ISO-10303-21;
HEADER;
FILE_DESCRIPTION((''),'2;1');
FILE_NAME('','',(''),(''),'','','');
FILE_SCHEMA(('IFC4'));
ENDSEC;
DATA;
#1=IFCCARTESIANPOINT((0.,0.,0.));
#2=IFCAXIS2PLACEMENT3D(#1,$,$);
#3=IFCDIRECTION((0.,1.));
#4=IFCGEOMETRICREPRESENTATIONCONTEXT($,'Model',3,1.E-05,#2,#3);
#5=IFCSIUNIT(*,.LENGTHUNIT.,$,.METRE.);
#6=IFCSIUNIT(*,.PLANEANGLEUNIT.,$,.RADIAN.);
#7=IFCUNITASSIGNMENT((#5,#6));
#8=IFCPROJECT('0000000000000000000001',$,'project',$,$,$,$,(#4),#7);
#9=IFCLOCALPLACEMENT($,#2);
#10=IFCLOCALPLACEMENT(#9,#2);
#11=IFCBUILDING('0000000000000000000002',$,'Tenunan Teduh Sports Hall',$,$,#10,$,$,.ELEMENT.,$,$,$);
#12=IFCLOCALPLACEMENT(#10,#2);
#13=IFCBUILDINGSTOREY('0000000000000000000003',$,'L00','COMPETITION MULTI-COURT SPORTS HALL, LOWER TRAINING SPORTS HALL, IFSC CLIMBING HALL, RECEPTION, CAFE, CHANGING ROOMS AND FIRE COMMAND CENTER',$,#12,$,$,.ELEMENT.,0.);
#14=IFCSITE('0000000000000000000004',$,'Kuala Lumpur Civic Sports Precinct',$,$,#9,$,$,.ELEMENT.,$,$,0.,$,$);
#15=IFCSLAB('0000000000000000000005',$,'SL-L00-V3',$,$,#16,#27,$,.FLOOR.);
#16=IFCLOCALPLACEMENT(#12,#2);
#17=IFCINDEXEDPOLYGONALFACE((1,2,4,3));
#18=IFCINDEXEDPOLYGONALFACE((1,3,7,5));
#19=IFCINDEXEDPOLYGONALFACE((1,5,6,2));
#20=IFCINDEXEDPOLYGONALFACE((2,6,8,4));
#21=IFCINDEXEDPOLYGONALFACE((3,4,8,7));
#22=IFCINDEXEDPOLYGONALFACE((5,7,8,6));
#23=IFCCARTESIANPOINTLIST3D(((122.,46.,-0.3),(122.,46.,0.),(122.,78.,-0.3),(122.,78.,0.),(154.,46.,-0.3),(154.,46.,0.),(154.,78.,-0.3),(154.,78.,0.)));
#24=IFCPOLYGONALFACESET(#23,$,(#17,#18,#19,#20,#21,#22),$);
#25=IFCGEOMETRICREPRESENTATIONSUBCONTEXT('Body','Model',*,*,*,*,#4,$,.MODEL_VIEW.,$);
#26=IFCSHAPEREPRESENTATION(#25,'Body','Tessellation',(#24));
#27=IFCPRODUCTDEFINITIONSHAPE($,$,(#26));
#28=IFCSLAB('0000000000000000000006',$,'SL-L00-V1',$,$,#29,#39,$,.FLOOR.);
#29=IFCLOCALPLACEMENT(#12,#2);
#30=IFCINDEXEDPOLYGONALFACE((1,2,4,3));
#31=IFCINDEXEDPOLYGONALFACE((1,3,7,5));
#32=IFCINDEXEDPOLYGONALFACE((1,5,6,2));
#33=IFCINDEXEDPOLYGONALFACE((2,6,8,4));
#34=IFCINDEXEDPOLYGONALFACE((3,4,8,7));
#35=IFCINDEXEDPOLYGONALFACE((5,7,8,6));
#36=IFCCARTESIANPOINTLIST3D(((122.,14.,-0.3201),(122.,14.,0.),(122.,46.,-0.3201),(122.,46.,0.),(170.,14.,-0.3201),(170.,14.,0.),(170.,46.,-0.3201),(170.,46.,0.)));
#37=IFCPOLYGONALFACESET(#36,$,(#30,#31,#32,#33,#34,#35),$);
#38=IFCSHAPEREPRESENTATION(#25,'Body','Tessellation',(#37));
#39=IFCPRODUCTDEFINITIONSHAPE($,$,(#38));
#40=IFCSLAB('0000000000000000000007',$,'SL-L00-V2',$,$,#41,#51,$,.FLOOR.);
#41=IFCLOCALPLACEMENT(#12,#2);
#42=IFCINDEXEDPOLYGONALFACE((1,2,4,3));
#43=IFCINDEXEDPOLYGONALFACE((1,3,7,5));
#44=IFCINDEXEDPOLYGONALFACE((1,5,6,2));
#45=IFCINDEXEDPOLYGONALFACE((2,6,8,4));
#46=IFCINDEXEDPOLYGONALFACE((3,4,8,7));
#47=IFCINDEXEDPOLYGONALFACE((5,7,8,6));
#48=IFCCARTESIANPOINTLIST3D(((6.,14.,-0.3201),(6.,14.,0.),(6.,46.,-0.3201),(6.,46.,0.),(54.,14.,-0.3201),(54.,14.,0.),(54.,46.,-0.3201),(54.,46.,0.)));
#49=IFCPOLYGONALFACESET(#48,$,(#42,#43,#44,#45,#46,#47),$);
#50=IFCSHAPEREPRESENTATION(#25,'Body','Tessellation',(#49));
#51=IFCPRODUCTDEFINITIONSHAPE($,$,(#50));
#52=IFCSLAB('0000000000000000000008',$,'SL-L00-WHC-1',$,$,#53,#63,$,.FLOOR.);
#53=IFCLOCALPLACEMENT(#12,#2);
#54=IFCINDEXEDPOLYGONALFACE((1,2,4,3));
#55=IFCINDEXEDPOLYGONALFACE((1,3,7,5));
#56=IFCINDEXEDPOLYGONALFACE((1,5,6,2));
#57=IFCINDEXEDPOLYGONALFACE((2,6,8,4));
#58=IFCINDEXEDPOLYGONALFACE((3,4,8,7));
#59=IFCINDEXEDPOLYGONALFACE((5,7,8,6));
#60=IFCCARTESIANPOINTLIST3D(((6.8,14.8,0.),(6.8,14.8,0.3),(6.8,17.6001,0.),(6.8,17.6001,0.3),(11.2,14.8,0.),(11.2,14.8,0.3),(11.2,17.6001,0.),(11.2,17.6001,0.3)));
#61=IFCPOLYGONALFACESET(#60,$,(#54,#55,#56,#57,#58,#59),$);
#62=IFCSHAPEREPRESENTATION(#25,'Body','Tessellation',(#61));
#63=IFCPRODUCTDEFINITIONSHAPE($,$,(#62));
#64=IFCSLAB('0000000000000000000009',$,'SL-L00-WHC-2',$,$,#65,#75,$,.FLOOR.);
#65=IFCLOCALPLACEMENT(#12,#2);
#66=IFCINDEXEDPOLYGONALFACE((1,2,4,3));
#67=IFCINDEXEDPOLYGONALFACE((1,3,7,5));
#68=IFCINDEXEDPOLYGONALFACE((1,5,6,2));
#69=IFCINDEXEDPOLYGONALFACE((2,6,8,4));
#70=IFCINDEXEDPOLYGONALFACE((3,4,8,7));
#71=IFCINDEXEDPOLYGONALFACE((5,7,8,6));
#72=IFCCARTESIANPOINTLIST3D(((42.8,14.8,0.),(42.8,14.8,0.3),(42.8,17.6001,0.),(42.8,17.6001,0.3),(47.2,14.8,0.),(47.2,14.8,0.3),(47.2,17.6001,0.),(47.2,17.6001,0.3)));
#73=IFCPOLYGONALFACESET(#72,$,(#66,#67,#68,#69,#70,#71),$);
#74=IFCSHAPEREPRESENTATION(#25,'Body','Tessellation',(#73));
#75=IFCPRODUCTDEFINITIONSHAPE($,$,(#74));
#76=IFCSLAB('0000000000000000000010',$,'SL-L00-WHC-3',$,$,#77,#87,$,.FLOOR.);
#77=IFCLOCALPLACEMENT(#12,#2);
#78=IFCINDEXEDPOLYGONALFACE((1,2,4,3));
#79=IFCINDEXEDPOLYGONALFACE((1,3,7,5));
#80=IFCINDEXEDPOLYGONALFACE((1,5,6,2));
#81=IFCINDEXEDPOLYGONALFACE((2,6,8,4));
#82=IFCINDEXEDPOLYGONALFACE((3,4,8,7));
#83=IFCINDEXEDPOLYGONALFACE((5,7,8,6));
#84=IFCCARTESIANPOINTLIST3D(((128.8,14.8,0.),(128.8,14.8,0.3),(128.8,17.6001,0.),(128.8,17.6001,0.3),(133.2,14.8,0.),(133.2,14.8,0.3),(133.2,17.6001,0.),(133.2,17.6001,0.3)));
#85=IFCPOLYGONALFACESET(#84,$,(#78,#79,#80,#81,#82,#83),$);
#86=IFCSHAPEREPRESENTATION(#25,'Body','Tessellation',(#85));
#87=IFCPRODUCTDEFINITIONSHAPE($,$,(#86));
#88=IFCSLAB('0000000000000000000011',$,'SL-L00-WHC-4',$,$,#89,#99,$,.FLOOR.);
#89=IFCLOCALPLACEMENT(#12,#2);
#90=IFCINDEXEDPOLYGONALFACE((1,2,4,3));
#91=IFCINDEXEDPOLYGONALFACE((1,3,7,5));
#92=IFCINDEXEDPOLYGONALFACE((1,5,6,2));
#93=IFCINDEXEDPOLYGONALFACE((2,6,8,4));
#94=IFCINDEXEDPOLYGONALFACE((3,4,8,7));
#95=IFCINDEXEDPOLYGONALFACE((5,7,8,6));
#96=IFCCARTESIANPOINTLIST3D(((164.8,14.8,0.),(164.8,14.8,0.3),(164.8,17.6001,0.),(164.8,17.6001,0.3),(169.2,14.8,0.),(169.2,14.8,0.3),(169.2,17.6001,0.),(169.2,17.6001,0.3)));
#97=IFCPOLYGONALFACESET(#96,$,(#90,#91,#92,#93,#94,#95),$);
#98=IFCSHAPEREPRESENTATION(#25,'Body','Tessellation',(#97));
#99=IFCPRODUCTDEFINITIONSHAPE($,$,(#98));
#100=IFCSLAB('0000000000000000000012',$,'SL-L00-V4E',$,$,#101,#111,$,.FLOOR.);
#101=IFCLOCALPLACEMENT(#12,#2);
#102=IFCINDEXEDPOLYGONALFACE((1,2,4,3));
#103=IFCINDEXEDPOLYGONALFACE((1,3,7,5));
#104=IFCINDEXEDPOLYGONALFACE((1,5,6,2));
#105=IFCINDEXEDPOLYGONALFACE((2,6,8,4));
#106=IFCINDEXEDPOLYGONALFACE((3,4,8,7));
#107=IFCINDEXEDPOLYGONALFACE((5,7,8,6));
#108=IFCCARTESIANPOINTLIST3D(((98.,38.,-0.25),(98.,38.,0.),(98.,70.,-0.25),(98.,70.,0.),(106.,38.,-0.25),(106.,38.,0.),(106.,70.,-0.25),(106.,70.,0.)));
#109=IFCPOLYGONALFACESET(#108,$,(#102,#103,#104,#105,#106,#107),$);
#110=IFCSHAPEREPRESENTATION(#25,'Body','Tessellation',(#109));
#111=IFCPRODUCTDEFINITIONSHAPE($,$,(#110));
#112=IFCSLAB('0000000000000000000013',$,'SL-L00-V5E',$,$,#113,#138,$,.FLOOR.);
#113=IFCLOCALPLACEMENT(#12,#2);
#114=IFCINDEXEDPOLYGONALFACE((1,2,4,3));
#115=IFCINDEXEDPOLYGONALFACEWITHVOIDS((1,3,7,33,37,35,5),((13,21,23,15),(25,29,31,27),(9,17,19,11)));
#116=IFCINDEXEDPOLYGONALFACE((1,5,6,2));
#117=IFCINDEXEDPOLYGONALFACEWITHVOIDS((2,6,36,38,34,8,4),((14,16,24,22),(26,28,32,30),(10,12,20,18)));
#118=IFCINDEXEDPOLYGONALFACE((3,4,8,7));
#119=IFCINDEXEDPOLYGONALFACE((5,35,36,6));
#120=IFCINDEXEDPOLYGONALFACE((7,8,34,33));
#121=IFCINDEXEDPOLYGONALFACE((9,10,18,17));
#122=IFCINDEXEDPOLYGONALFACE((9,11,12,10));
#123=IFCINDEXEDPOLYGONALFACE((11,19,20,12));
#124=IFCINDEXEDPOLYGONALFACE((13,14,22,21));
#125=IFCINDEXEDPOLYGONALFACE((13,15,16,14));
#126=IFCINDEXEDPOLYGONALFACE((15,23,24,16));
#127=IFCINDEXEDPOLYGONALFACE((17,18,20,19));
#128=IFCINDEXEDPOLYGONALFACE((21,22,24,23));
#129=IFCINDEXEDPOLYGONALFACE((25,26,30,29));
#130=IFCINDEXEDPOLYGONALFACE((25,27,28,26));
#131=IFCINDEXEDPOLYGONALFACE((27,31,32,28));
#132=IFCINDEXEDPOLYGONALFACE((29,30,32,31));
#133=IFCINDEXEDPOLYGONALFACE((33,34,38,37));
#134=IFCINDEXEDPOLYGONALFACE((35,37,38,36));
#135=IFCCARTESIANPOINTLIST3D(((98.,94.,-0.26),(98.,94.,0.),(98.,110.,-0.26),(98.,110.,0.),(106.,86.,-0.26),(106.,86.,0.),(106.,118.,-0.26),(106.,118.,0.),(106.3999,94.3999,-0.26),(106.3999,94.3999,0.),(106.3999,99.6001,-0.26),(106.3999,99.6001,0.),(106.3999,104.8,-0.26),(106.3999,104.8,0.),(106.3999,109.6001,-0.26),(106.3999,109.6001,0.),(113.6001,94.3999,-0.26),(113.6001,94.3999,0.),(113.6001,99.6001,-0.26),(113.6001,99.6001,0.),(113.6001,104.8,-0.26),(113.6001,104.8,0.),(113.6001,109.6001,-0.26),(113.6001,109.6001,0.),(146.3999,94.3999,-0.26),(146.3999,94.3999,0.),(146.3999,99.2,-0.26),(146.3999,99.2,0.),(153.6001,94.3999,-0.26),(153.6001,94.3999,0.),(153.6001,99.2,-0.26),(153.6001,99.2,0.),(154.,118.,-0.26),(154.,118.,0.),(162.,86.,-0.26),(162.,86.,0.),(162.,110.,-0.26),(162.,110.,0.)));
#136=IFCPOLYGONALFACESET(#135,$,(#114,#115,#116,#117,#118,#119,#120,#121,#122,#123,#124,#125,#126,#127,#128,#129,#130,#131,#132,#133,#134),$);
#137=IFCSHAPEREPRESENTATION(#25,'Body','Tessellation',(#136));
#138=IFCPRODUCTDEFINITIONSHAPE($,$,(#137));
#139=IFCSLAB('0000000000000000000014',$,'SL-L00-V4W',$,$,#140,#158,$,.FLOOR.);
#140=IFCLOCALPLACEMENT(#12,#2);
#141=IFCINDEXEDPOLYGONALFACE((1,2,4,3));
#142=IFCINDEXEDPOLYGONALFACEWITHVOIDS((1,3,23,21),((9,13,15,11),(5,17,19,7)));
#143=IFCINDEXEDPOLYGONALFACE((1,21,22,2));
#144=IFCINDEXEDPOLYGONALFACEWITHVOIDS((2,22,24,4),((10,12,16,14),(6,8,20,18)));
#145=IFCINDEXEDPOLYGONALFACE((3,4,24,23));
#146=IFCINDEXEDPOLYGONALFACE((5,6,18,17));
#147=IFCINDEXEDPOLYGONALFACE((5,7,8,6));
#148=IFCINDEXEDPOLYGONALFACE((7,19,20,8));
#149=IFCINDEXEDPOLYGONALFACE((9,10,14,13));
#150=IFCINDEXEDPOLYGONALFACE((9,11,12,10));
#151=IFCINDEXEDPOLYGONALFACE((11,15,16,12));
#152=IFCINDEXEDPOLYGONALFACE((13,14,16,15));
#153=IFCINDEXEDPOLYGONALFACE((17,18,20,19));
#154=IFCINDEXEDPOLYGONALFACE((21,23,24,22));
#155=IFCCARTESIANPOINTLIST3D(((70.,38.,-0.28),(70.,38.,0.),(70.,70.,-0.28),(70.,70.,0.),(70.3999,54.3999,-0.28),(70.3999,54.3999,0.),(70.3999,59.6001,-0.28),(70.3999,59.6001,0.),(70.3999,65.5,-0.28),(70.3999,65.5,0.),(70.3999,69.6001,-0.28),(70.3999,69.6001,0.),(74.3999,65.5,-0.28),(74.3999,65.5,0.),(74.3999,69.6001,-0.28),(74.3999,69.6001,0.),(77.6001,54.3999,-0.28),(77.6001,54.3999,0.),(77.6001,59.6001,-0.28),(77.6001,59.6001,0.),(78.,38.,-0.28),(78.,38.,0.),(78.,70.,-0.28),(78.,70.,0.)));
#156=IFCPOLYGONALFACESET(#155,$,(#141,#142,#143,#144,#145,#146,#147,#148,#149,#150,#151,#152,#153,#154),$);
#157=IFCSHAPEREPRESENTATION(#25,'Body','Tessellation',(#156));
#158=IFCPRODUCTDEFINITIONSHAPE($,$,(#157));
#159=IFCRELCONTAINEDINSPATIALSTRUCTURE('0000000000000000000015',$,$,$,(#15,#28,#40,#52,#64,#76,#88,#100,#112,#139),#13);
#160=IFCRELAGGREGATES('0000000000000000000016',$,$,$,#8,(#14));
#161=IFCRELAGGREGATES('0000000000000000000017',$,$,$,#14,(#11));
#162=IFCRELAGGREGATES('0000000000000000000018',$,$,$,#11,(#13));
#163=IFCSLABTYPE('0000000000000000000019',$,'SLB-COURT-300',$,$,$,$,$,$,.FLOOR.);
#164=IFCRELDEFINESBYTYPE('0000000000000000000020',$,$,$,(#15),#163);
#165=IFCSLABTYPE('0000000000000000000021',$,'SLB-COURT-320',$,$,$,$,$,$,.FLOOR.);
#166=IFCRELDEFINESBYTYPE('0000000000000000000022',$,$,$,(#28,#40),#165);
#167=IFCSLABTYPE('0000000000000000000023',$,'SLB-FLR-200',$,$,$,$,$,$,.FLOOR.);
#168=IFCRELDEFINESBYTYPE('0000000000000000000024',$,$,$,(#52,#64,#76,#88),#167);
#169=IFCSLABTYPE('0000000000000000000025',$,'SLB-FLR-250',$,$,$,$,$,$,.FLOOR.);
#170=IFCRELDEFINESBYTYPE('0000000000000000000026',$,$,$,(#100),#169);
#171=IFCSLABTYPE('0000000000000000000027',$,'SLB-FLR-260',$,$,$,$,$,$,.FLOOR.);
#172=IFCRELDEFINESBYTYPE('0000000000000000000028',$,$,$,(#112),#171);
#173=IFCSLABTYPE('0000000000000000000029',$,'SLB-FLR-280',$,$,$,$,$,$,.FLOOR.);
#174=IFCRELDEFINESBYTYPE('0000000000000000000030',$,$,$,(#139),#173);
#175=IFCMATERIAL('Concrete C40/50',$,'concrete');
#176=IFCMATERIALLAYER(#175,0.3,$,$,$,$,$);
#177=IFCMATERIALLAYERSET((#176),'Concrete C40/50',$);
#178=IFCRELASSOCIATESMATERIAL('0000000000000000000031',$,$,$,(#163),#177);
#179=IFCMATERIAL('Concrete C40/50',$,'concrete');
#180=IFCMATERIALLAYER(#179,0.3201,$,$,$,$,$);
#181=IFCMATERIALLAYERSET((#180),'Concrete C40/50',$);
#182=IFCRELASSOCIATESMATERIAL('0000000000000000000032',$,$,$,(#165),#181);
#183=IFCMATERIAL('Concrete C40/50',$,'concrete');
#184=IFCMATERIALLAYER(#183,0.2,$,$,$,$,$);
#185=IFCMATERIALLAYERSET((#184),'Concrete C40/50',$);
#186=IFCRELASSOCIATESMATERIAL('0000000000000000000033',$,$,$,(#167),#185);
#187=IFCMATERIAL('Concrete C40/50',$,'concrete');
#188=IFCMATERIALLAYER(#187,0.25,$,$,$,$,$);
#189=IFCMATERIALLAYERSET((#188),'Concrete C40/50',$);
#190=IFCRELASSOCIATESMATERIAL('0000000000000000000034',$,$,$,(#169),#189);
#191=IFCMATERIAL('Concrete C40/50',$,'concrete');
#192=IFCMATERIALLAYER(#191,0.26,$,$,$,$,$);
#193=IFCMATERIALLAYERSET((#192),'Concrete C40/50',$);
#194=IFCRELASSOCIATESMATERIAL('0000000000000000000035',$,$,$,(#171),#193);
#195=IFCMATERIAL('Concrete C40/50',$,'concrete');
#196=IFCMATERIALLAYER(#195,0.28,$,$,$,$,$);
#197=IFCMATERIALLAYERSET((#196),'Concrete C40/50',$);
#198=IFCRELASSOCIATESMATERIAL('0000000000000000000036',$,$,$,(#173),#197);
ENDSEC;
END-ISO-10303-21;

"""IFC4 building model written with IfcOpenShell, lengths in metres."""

from ifc_helpers import new_model, si_unit, direction, frame, origin, place, context, subcontext, project, spatial, polyline, outline, extrude, material, layer, layer_set, type_object, element, save


model = new_model("IFC4")

# Units and contexts
model_context = context("Model", 3, precision=1e-05, world=origin(), true_north=direction((0.0, 1.0)))
body_context = subcontext(model_context, "Body", "Model", "MODEL_VIEW")
ifc_project = project(units=[si_unit("LENGTHUNIT", "METRE"), si_unit("PLANEANGLEUNIT", "RADIAN")], contexts=[model_context])

# Site, building, storey
site_placement = place(None, origin())
site = spatial("IfcSite", under=ifc_project, at=site_placement, Name="Kuala Lumpur Civic Sports Precinct", CompositionType="ELEMENT", RefElevation=0.0)
building_placement = place(site_placement, origin())
building = spatial("IfcBuilding", under=site, at=building_placement, Name="Tenunan Teduh Sports Hall", CompositionType="ELEMENT")
storey_placement = place(building_placement, origin())
storey = spatial("IfcBuildingStorey", under=building, at=storey_placement, Name="L00", Description="COMPETITION MULTI-COURT SPORTS HALL, LOWER TRAINING SPORTS HALL, IFSC CLIMBING HALL, RECEPTION, CAFE, CHANGING ROOMS AND FIRE COMMAND CENTER", CompositionType="ELEMENT", Elevation=0.0)

# Slabs
ifc_material_1 = material(Name="Concrete C40/50", Category="concrete")
ifc_layer_1 = layer(ifc_material_1, 0.3)
ifc_layer_set_1 = layer_set([ifc_layer_1], Name="Concrete C40/50")
slab_type_1 = type_object("IfcSlabType", Name="SLB-COURT-300", PredefinedType="FLOOR", material=ifc_layer_set_1)
slab_1_placement = place(storey_placement, frame((0.0, 0.0, -0.3)))
element("IfcSlab", 1, at=slab_1_placement, inside=storey, type_object=slab_type_1, Name="SL-L00-V3", PredefinedType="FLOOR", context=body_context, shape_type="SweptSolid", body=[
    extrude(outline(polyline([(122.0, 46.0), (154.0, 46.0), (154.0, 78.0), (122.0, 78.0), (122.0, 46.0)])), origin(), (0.0, 0.0, 1.0), 0.3),
])
ifc_material_2 = material(Name="Concrete C40/50", Category="concrete")
ifc_layer_2 = layer(ifc_material_2, 0.3201)
ifc_layer_set_2 = layer_set([ifc_layer_2], Name="Concrete C40/50")
slab_type_2 = type_object("IfcSlabType", Name="SLB-COURT-320", PredefinedType="FLOOR", material=ifc_layer_set_2)
slab_2_placement = place(storey_placement, frame((0.0, 0.0, -0.3201)))
element("IfcSlab", 2, at=slab_2_placement, inside=storey, type_object=slab_type_2, Name="SL-L00-V1", PredefinedType="FLOOR", context=body_context, shape_type="SweptSolid", body=[
    extrude(outline(polyline([(122.0, 14.0), (170.0, 14.0), (170.0, 46.0), (122.0, 46.0), (122.0, 14.0)])), origin(), (0.0, 0.0, 1.0), 0.3201),
])
slab_3_placement = place(storey_placement, frame((0.0, 0.0, -0.3201)))
element("IfcSlab", 3, at=slab_3_placement, inside=storey, type_object=slab_type_2, Name="SL-L00-V2", PredefinedType="FLOOR", context=body_context, shape_type="SweptSolid", body=[
    extrude(outline(polyline([(6.0, 14.0), (54.0, 14.0), (54.0, 46.0), (6.0, 46.0), (6.0, 14.0)])), origin(), (0.0, 0.0, 1.0), 0.3201),
])
ifc_material_3 = material(Name="Concrete C40/50", Category="concrete")
ifc_layer_3 = layer(ifc_material_3, 0.2)
ifc_layer_set_3 = layer_set([ifc_layer_3], Name="Concrete C40/50")
slab_type_3 = type_object("IfcSlabType", Name="SLB-FLR-200", PredefinedType="FLOOR", material=ifc_layer_set_3)
slab_4_placement = place(storey_placement, origin())
element("IfcSlab", 4, at=slab_4_placement, inside=storey, type_object=slab_type_3, Name="SL-L00-WHC-1", PredefinedType="FLOOR", context=body_context, shape_type="SweptSolid", body=[
    extrude(outline(polyline([(6.8, 14.8), (11.2, 14.8), (11.2, 17.6001), (6.8, 17.6001), (6.8, 14.8)])), origin(), (0.0, 0.0, 1.0), 0.3),
])
slab_5_placement = place(storey_placement, origin())
element("IfcSlab", 5, at=slab_5_placement, inside=storey, type_object=slab_type_3, Name="SL-L00-WHC-2", PredefinedType="FLOOR", context=body_context, shape_type="SweptSolid", body=[
    extrude(outline(polyline([(42.8, 14.8), (47.2, 14.8), (47.2, 17.6001), (42.8, 17.6001), (42.8, 14.8)])), origin(), (0.0, 0.0, 1.0), 0.3),
])
slab_6_placement = place(storey_placement, origin())
element("IfcSlab", 6, at=slab_6_placement, inside=storey, type_object=slab_type_3, Name="SL-L00-WHC-3", PredefinedType="FLOOR", context=body_context, shape_type="SweptSolid", body=[
    extrude(outline(polyline([(128.8, 14.8), (133.2, 14.8), (133.2, 17.6001), (128.8, 17.6001), (128.8, 14.8)])), origin(), (0.0, 0.0, 1.0), 0.3),
])
slab_7_placement = place(storey_placement, origin())
element("IfcSlab", 7, at=slab_7_placement, inside=storey, type_object=slab_type_3, Name="SL-L00-WHC-4", PredefinedType="FLOOR", context=body_context, shape_type="SweptSolid", body=[
    extrude(outline(polyline([(164.8, 14.8), (169.2, 14.8), (169.2, 17.6001), (164.8, 17.6001), (164.8, 14.8)])), origin(), (0.0, 0.0, 1.0), 0.3),
])
ifc_material_4 = material(Name="Concrete C40/50", Category="concrete")
ifc_layer_4 = layer(ifc_material_4, 0.25)
ifc_layer_set_4 = layer_set([ifc_layer_4], Name="Concrete C40/50")
slab_type_4 = type_object("IfcSlabType", Name="SLB-FLR-250", PredefinedType="FLOOR", material=ifc_layer_set_4)
slab_8_placement = place(storey_placement, frame((0.0, 0.0, -0.25)))
element("IfcSlab", 8, at=slab_8_placement, inside=storey, type_object=slab_type_4, Name="SL-L00-V4E", PredefinedType="FLOOR", context=body_context, shape_type="SweptSolid", body=[
    extrude(outline(polyline([(98.0, 38.0), (106.0, 38.0), (106.0, 70.0), (98.0, 70.0), (98.0, 38.0)])), origin(), (0.0, 0.0, 1.0), 0.25),
])
ifc_material_5 = material(Name="Concrete C40/50", Category="concrete")
ifc_layer_5 = layer(ifc_material_5, 0.26)
ifc_layer_set_5 = layer_set([ifc_layer_5], Name="Concrete C40/50")
slab_type_5 = type_object("IfcSlabType", Name="SLB-FLR-260", PredefinedType="FLOOR", material=ifc_layer_set_5)
slab_9_placement = place(storey_placement, frame((0.0, 0.0, -0.26)))
element("IfcSlab", 9, at=slab_9_placement, inside=storey, type_object=slab_type_5, Name="SL-L00-V5E", PredefinedType="FLOOR", context=body_context, shape_type="SweptSolid", body=[
    extrude(outline(polyline([(106.0, 86.0), (162.0, 86.0), (162.0, 110.0), (154.0, 118.0), (106.0, 118.0), (98.0, 110.0), (98.0, 94.0), (106.0, 86.0)]), holes=[polyline([(106.3999, 94.3999), (113.6001, 94.3999), (113.6001, 99.6001), (106.3999, 99.6001), (106.3999, 94.3999)]), polyline([(106.3999, 104.8), (113.6001, 104.8), (113.6001, 109.6001), (106.3999, 109.6001), (106.3999, 104.8)]), polyline([(146.3999, 94.3999), (153.6001, 94.3999), (153.6001, 99.2), (146.3999, 99.2), (146.3999, 94.3999)])]), origin(), (0.0, 0.0, 1.0), 0.26),
])
ifc_material_6 = material(Name="Concrete C40/50", Category="concrete")
ifc_layer_6 = layer(ifc_material_6, 0.28)
ifc_layer_set_6 = layer_set([ifc_layer_6], Name="Concrete C40/50")
slab_type_6 = type_object("IfcSlabType", Name="SLB-FLR-280", PredefinedType="FLOOR", material=ifc_layer_set_6)
slab_10_placement = place(storey_placement, frame((0.0, 0.0, -0.28)))
element("IfcSlab", 10, at=slab_10_placement, inside=storey, type_object=slab_type_6, Name="SL-L00-V4W", PredefinedType="FLOOR", context=body_context, shape_type="SweptSolid", body=[
    extrude(outline(polyline([(70.0, 38.0), (78.0, 38.0), (78.0, 70.0), (70.0, 70.0), (70.0, 38.0)]), holes=[polyline([(70.3999, 54.3999), (77.6001, 54.3999), (77.6001, 59.6001), (70.3999, 59.6001), (70.3999, 54.3999)]), polyline([(70.3999, 65.5), (74.3999, 65.5), (74.3999, 69.6001), (70.3999, 69.6001), (70.3999, 65.5)])]), origin(), (0.0, 0.0, 1.0), 0.28),
])

save(model, "model.ifc")
